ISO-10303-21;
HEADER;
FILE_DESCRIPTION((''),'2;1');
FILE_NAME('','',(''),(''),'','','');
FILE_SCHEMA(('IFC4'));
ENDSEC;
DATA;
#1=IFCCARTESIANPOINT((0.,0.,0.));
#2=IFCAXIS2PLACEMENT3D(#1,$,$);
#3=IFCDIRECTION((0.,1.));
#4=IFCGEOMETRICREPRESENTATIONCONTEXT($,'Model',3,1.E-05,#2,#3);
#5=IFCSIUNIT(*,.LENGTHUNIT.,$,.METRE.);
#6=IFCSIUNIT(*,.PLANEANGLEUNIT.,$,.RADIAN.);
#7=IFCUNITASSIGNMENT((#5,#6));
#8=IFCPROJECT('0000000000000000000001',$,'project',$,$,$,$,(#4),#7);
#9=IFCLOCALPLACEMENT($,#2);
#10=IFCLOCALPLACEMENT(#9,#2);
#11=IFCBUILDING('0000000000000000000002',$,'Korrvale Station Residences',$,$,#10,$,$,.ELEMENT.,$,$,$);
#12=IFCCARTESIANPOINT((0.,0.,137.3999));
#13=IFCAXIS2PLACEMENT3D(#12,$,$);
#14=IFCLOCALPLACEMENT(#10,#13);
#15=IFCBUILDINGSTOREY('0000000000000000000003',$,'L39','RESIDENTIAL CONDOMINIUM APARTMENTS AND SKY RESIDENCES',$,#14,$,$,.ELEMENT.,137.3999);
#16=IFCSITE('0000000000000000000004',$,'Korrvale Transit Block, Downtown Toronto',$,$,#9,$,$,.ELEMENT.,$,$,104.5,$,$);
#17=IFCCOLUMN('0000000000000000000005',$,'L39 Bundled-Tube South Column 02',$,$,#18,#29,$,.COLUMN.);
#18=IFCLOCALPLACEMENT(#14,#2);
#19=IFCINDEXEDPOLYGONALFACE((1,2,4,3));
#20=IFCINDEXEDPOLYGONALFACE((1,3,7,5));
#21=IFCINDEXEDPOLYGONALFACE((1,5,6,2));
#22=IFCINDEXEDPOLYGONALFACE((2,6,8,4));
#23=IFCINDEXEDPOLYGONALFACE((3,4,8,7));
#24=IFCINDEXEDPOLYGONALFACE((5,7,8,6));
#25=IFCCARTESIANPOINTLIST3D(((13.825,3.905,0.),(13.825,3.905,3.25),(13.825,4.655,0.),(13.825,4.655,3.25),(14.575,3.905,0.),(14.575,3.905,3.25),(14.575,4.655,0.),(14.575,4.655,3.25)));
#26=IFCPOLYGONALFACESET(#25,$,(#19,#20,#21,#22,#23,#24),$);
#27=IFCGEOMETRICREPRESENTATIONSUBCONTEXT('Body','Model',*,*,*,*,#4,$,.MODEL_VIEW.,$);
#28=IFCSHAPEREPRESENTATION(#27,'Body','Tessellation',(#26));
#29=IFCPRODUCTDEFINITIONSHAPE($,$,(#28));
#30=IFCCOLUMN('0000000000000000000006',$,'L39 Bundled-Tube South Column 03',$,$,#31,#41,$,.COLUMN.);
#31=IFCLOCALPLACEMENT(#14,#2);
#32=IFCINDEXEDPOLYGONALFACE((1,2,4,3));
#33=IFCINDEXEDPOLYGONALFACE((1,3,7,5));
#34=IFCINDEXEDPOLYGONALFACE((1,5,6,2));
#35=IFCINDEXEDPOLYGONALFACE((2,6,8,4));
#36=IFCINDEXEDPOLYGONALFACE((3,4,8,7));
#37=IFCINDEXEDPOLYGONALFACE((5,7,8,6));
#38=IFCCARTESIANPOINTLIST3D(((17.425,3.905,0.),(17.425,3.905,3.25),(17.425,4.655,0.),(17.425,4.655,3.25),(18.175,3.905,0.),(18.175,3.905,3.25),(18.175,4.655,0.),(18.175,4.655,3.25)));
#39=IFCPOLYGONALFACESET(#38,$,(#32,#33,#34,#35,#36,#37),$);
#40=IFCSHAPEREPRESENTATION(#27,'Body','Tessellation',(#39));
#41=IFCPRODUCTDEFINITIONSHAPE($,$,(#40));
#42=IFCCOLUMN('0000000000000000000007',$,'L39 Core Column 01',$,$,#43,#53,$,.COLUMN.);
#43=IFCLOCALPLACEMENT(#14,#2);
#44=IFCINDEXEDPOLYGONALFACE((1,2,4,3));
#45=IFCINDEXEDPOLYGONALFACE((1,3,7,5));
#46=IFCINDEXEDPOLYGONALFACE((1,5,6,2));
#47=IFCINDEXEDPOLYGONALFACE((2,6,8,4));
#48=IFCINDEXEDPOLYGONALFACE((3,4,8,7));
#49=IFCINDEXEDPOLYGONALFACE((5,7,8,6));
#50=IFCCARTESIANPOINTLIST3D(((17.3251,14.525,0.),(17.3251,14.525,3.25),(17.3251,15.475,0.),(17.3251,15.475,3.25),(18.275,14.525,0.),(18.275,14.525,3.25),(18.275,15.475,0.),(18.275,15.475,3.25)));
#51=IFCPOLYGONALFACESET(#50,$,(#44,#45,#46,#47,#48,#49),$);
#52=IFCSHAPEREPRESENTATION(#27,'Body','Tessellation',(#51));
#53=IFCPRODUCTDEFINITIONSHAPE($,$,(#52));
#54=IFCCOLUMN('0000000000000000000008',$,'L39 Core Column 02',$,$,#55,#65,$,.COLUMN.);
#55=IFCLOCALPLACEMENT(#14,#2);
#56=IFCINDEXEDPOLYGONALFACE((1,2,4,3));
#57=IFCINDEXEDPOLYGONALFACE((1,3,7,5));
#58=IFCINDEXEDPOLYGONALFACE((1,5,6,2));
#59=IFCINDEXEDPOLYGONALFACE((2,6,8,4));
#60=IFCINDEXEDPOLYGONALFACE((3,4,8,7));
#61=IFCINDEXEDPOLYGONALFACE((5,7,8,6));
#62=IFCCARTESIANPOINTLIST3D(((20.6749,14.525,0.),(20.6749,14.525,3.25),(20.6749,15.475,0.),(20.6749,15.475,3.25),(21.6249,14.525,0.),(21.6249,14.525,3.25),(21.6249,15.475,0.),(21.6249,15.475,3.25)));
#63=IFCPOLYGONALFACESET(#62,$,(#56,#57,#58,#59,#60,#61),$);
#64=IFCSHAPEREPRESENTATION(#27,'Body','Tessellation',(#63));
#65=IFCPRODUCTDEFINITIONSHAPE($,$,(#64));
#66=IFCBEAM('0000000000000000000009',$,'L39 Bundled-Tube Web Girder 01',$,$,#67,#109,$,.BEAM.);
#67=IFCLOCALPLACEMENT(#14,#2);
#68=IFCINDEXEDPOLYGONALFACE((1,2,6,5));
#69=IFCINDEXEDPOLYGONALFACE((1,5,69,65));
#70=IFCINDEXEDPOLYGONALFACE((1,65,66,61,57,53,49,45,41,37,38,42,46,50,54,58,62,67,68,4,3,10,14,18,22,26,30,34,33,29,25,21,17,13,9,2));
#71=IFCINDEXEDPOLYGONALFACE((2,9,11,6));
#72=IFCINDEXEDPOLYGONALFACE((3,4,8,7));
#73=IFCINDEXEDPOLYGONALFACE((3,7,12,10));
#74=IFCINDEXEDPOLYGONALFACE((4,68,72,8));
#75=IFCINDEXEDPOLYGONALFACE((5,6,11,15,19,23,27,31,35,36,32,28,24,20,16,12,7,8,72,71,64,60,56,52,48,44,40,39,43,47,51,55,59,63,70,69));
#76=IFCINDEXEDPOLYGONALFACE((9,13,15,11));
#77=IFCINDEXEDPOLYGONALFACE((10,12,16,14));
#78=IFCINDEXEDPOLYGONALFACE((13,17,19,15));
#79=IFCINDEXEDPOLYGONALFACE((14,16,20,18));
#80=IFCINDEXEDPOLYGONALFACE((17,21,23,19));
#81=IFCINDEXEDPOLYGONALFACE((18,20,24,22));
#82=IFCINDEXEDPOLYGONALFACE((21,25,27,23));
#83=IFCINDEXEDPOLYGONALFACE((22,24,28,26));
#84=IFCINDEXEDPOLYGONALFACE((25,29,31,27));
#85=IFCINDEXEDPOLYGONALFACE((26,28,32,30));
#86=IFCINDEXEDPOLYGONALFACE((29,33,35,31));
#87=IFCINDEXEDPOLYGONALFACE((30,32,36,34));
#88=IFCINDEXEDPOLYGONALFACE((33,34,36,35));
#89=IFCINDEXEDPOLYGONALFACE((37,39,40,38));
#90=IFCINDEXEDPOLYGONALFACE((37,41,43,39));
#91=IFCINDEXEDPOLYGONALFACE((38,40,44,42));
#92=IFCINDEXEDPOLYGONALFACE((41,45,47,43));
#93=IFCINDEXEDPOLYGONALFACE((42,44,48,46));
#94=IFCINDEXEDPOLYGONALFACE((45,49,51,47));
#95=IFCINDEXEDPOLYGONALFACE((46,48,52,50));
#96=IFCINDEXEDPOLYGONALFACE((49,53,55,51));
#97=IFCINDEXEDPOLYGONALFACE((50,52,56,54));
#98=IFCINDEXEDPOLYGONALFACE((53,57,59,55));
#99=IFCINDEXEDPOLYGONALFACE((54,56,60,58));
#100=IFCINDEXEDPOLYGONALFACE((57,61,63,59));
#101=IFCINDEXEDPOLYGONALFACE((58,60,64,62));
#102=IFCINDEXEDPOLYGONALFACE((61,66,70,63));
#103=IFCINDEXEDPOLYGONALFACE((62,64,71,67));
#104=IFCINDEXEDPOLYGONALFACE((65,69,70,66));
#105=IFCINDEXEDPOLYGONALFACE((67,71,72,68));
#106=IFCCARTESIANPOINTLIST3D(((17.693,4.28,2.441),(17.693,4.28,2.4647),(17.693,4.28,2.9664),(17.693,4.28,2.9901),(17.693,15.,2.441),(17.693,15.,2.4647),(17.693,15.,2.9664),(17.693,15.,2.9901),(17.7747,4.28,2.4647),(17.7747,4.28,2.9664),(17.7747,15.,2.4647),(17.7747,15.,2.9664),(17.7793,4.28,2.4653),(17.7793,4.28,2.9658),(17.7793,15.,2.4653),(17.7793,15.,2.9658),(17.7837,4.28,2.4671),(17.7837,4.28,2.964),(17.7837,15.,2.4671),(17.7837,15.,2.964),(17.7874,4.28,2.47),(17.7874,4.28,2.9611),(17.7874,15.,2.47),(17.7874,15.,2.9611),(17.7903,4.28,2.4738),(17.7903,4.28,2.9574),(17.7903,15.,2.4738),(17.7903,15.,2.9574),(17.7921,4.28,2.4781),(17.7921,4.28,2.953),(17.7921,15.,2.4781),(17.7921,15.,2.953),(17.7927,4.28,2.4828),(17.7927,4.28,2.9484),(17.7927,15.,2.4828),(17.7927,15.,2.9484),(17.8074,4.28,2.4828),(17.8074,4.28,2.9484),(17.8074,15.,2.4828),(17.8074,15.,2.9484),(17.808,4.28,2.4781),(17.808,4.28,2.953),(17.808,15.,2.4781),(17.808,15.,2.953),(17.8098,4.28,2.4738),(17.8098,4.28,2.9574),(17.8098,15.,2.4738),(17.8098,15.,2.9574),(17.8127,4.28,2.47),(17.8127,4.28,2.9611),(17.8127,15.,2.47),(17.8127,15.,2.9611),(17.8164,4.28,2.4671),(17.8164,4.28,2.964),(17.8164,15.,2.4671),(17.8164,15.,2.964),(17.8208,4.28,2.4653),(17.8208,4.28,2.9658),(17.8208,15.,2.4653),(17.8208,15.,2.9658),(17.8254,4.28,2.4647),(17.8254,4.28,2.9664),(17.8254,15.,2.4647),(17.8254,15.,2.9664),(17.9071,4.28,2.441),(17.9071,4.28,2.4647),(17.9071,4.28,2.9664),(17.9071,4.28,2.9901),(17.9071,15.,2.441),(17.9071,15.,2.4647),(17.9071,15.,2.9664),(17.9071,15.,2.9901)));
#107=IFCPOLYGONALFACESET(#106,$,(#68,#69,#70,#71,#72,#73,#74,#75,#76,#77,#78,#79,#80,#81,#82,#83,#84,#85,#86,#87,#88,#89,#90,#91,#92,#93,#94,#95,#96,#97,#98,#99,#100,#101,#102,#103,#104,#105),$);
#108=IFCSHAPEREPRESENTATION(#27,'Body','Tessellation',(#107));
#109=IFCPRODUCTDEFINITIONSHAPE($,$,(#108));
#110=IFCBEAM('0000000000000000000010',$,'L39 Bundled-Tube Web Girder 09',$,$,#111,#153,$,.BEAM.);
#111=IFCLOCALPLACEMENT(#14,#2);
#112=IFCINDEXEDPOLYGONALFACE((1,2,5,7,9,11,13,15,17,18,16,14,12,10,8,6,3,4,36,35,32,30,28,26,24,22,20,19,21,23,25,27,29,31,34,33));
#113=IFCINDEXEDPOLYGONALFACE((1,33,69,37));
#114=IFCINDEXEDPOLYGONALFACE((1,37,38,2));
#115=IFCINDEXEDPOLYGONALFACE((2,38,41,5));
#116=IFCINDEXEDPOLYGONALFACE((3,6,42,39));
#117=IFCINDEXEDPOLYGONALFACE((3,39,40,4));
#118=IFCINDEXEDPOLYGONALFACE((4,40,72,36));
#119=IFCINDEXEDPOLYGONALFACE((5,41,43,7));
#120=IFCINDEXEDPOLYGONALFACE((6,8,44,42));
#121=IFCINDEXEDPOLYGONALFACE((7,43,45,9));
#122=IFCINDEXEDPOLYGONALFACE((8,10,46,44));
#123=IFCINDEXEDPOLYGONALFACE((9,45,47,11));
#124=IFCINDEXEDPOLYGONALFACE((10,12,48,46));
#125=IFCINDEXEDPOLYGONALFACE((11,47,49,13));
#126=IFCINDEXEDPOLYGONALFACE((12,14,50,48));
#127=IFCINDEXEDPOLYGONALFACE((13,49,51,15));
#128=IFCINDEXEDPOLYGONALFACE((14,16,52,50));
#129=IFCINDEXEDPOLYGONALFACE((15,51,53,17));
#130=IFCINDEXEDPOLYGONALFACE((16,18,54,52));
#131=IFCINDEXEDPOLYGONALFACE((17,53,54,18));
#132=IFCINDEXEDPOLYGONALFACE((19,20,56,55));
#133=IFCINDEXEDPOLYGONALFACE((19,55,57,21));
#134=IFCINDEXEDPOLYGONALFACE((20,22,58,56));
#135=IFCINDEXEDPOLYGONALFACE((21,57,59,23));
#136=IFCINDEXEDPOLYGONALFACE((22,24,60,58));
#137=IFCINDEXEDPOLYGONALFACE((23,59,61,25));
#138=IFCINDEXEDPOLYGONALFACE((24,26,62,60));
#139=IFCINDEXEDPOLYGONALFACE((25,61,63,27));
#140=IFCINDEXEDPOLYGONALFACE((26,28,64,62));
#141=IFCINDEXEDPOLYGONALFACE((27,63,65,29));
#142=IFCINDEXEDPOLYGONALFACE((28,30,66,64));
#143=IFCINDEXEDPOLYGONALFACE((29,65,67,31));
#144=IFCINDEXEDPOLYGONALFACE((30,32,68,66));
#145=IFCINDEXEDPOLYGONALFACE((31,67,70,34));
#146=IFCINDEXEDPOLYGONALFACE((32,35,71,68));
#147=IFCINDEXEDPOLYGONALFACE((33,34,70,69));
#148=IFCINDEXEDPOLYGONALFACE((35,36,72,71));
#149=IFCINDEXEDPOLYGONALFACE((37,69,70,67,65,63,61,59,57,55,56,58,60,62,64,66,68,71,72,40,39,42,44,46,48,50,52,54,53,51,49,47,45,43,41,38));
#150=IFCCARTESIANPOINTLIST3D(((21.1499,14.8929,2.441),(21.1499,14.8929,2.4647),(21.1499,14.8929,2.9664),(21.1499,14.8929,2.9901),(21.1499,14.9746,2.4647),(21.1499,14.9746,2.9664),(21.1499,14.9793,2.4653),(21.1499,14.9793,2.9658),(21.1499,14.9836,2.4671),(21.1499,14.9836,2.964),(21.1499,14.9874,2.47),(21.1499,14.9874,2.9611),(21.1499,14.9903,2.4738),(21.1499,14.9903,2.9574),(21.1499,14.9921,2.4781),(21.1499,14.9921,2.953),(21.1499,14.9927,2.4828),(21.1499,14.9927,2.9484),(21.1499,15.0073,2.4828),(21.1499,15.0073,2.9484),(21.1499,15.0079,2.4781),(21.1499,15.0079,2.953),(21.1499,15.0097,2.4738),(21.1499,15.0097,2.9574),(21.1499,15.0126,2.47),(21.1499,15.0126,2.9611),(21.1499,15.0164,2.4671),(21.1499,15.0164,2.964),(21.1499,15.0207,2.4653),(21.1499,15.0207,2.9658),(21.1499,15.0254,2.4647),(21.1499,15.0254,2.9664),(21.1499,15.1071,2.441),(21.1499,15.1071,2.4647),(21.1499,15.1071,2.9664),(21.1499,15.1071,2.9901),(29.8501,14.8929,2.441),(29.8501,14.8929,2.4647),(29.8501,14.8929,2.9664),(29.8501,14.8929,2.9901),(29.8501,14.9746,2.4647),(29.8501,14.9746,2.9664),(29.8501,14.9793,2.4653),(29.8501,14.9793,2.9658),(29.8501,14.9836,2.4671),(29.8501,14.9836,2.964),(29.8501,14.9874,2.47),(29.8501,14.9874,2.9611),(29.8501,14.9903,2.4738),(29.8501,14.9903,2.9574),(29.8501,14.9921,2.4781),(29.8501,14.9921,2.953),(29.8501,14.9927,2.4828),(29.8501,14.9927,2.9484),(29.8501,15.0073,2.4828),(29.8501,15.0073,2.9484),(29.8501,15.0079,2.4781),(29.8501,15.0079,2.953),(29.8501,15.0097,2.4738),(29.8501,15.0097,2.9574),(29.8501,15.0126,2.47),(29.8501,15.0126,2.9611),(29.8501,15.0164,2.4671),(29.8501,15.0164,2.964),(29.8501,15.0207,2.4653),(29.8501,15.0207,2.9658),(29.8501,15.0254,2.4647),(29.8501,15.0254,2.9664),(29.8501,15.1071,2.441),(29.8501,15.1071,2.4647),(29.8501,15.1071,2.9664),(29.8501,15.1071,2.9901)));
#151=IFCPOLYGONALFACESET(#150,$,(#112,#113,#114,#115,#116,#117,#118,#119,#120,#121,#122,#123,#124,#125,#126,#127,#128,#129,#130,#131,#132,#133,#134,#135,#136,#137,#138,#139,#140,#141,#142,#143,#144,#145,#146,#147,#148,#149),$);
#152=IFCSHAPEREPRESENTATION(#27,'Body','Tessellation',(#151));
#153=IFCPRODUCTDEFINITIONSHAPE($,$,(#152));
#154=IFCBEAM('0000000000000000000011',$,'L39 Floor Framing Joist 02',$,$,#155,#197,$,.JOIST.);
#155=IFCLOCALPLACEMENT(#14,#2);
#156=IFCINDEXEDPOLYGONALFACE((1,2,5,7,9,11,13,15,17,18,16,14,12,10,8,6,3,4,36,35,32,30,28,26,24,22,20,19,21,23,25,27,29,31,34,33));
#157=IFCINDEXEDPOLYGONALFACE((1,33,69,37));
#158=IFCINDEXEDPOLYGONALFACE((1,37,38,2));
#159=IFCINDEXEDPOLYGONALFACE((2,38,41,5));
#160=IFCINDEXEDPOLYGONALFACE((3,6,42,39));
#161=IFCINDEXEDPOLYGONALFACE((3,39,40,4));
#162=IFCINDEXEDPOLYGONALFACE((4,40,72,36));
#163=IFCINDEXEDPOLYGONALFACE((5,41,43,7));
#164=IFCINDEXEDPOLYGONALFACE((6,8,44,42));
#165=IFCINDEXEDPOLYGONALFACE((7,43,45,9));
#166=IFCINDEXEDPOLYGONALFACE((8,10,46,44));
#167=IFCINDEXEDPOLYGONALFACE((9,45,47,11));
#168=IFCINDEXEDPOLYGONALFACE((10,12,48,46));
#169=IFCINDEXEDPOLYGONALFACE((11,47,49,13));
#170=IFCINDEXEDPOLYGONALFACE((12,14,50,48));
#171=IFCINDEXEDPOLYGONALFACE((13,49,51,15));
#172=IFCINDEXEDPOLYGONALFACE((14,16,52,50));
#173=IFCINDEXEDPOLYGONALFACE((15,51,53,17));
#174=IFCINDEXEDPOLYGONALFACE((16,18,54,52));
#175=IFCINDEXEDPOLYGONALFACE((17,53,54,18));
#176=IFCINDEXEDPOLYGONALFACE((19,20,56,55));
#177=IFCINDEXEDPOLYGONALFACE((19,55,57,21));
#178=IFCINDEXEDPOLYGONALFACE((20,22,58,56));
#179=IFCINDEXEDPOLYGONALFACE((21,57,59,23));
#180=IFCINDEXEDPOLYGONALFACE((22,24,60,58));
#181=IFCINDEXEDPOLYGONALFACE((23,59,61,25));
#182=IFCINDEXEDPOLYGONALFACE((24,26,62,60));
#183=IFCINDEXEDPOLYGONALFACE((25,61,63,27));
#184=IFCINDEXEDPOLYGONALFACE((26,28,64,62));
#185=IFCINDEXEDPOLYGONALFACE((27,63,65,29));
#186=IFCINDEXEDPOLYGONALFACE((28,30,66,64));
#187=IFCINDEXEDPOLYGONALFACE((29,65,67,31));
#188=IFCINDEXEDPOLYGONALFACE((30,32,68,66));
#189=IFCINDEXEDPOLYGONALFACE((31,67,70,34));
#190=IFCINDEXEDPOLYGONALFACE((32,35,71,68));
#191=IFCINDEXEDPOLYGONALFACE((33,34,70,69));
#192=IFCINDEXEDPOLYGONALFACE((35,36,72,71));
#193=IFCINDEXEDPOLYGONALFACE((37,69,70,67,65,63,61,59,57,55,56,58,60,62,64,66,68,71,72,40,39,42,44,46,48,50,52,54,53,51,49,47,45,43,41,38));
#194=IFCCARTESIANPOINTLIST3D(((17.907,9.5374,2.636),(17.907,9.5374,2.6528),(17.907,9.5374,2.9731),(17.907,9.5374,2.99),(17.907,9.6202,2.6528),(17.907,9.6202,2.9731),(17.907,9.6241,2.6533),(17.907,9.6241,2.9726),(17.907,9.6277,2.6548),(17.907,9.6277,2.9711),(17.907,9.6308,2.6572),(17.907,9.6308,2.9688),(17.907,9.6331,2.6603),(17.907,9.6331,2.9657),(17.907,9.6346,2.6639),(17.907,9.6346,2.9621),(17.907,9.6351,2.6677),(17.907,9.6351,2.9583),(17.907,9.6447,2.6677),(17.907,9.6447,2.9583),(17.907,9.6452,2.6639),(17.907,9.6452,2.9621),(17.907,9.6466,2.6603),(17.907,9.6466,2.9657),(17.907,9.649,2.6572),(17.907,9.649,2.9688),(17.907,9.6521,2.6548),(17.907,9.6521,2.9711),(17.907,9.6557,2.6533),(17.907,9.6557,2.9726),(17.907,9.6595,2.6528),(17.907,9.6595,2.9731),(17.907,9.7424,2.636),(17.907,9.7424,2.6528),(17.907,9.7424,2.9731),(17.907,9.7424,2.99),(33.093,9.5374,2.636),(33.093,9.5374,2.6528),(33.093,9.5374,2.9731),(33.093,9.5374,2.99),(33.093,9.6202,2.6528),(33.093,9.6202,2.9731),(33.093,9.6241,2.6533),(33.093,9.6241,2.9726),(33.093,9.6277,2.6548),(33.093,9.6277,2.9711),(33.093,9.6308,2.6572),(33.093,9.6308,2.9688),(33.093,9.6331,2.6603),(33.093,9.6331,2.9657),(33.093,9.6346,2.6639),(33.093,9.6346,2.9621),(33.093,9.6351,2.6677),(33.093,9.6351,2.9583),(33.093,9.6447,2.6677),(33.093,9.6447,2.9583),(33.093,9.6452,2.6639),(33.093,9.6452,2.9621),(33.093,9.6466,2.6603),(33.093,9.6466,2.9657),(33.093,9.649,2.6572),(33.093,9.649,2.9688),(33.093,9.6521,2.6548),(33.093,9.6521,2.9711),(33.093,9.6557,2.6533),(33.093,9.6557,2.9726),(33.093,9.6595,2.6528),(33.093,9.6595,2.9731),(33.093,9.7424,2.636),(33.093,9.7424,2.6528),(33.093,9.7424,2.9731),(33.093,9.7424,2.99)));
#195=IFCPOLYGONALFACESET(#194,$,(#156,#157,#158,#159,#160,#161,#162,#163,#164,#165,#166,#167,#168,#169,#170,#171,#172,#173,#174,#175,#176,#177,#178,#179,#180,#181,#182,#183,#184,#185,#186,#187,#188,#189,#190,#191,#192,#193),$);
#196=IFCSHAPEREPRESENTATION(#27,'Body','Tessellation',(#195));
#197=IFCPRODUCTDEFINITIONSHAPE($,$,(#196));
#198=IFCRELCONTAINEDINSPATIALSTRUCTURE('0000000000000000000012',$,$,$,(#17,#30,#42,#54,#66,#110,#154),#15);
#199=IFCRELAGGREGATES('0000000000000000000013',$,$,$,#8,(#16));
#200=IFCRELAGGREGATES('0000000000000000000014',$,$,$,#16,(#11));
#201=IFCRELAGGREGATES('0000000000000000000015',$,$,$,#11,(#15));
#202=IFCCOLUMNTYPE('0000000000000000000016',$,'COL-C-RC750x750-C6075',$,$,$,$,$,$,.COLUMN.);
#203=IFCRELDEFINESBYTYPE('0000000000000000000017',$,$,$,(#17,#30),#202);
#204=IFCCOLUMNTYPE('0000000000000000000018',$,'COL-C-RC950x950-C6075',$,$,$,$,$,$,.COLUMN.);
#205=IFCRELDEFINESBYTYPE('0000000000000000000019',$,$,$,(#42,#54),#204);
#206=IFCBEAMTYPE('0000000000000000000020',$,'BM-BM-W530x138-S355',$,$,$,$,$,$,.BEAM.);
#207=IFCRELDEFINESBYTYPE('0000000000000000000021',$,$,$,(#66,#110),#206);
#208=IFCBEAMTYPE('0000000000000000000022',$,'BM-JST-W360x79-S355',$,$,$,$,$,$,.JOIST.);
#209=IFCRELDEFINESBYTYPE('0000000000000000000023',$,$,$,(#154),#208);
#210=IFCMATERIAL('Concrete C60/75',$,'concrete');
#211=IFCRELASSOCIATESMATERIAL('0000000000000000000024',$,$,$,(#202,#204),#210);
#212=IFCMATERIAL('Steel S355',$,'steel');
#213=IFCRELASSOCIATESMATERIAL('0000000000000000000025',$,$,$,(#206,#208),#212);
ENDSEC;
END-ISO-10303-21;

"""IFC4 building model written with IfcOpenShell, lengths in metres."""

from ifc_helpers import new_model, si_unit, direction, frame, origin, origin_2d, place, context, subcontext, project, spatial, rectangle, i_section, extrude, material, material_profile, profile_set, type_object, element, save


model = new_model("IFC4")

# Units and contexts
model_context = context("Model", 3, precision=1e-05, world=origin(), true_north=direction((0.0, 1.0)))
body_context = subcontext(model_context, "Body", "Model", "MODEL_VIEW")
ifc_project = project(units=[si_unit("LENGTHUNIT", "METRE"), si_unit("PLANEANGLEUNIT", "RADIAN")], contexts=[model_context])

# Site, building, storey
site_placement = place(None, origin())
site = spatial("IfcSite", under=ifc_project, at=site_placement, Name="Korrvale Transit Block, Downtown Toronto", CompositionType="ELEMENT", RefElevation=104.5)
building_placement = place(site_placement, origin())
building = spatial("IfcBuilding", under=site, at=building_placement, Name="Korrvale Station Residences", CompositionType="ELEMENT")
storey_placement = place(building_placement, frame((0.0, 0.0, 137.3999)))
storey = spatial("IfcBuildingStorey", under=building, at=storey_placement, Name="L39", Description="RESIDENTIAL CONDOMINIUM APARTMENTS AND SKY RESIDENCES", CompositionType="ELEMENT", Elevation=137.3999)

# Columns
ifc_material_1 = material(Name="Concrete C60/75", Category="concrete")
ifc_material_profile_1 = material_profile(ifc_material_1, rectangle(XDim=0.75, YDim=0.75, at=origin_2d()), Name="RC750x750")
ifc_profile_set_1 = profile_set([ifc_material_profile_1], Name="Concrete C60/75")
column_type_1 = type_object("IfcColumnType", Name="COL-C-RC750x750-C6075", PredefinedType="COLUMN", material=ifc_profile_set_1)
for number, where, z_axis, x_axis, name in (
    (1, (14.2, 4.28, 0.0), (0.0, 0.0, 1.0), (1.0, 0.0, 0.0), "L39 Bundled-Tube South Column 02"),
    (2, (17.8, 4.28, 0.0), (0.0, 0.0, 1.0), (1.0, 0.0, 0.0), "L39 Bundled-Tube South Column 03"),
):
    element("IfcColumn", number, at=place(storey_placement, frame(where, z_axis=z_axis, x_axis=x_axis)), inside=storey, type_object=column_type_1, Name=name, PredefinedType="COLUMN", context=body_context, shape_type="SweptSolid", body=[
        extrude(rectangle(XDim=0.75, YDim=0.75, at=origin_2d()), origin(), (0.0, 0.0, 1.0), 3.25),
    ])
ifc_material_profile_2 = material_profile(ifc_material_1, rectangle(XDim=0.95, YDim=0.95, at=origin_2d()), Name="RC950x950")
ifc_profile_set_2 = profile_set([ifc_material_profile_2], Name="Concrete C60/75")
column_type_2 = type_object("IfcColumnType", Name="COL-C-RC950x950-C6075", PredefinedType="COLUMN", material=ifc_profile_set_2)
for number, where, z_axis, x_axis, name in (
    (3, (17.8, 15.0, 0.0), (0.0, 0.0, 1.0), (1.0, 0.0, 0.0), "L39 Core Column 01"),
    (4, (21.1499, 15.0, 0.0), (0.0, 0.0, 1.0), (1.0, 0.0, 0.0), "L39 Core Column 02"),
):
    element("IfcColumn", number, at=place(storey_placement, frame(where, z_axis=z_axis, x_axis=x_axis)), inside=storey, type_object=column_type_2, Name=name, PredefinedType="COLUMN", context=body_context, shape_type="SweptSolid", body=[
        extrude(rectangle(XDim=0.95, YDim=0.95, at=origin_2d()), origin(), (0.0, 0.0, 1.0), 3.25),
    ])

# Beams
ifc_material_2 = material(Name="Steel S355", Category="steel")
ifc_material_profile_3 = material_profile(ifc_material_2, i_section(OverallWidth=0.2141, OverallDepth=0.5491, WebThickness=0.0146, FlangeThickness=0.0237, FilletRadius=0.0181, at=origin_2d()), Name="W530x138")
ifc_profile_set_3 = profile_set([ifc_material_profile_3], Name="Steel S355")
beam_type_1 = type_object("IfcBeamType", Name="BM-BM-W530x138-S355", PredefinedType="BEAM", material=ifc_profile_set_3)
beam_1_placement = place(storey_placement, frame((17.8, 4.28, 2.7156), z_axis=(0.0, 1.0, 0.0), x_axis=(-1.0, 0.0, 0.0)))
element("IfcBeam", 5, at=beam_1_placement, inside=storey, type_object=beam_type_1, Name="L39 Bundled-Tube Web Girder 01", PredefinedType="BEAM", context=body_context, shape_type="SweptSolid", body=[
    extrude(i_section(OverallWidth=0.2141, OverallDepth=0.5491, WebThickness=0.0146, FlangeThickness=0.0237, FilletRadius=0.0181, at=origin_2d()), origin(), (0.0, 0.0, 1.0), 10.72),
])
beam_2_placement = place(storey_placement, frame((21.1499, 15.0, 2.7156), z_axis=(1.0, 0.0, 0.0), x_axis=(0.0, 1.0, 0.0)))
element("IfcBeam", 6, at=beam_2_placement, inside=storey, type_object=beam_type_1, Name="L39 Bundled-Tube Web Girder 09", PredefinedType="BEAM", context=body_context, shape_type="SweptSolid", body=[
    extrude(i_section(OverallWidth=0.2141, OverallDepth=0.5491, WebThickness=0.0146, FlangeThickness=0.0237, FilletRadius=0.0181, at=origin_2d()), origin(), (0.0, 0.0, 1.0), 8.7002),
])
ifc_material_profile_4 = material_profile(ifc_material_2, i_section(OverallWidth=0.2051, OverallDepth=0.354, WebThickness=0.0095, FlangeThickness=0.0168, FilletRadius=0.0149, at=origin_2d()), Name="W360x79")
ifc_profile_set_4 = profile_set([ifc_material_profile_4], Name="Steel S355")
beam_type_2 = type_object("IfcBeamType", Name="BM-JST-W360x79-S355", PredefinedType="JOIST", material=ifc_profile_set_4)
beam_3_placement = place(storey_placement, frame((17.907, 9.6399, 2.813), z_axis=(1.0, 0.0, 0.0), x_axis=(0.0, 1.0, 0.0)))
element("IfcBeam", 7, at=beam_3_placement, inside=storey, type_object=beam_type_2, Name="L39 Floor Framing Joist 02", PredefinedType="JOIST", context=body_context, shape_type="SweptSolid", body=[
    extrude(i_section(OverallWidth=0.2051, OverallDepth=0.354, WebThickness=0.0095, FlangeThickness=0.0168, FilletRadius=0.0149, at=origin_2d()), origin(), (0.0, 0.0, 1.0), 15.186),
])

save(model, "model.ifc")
